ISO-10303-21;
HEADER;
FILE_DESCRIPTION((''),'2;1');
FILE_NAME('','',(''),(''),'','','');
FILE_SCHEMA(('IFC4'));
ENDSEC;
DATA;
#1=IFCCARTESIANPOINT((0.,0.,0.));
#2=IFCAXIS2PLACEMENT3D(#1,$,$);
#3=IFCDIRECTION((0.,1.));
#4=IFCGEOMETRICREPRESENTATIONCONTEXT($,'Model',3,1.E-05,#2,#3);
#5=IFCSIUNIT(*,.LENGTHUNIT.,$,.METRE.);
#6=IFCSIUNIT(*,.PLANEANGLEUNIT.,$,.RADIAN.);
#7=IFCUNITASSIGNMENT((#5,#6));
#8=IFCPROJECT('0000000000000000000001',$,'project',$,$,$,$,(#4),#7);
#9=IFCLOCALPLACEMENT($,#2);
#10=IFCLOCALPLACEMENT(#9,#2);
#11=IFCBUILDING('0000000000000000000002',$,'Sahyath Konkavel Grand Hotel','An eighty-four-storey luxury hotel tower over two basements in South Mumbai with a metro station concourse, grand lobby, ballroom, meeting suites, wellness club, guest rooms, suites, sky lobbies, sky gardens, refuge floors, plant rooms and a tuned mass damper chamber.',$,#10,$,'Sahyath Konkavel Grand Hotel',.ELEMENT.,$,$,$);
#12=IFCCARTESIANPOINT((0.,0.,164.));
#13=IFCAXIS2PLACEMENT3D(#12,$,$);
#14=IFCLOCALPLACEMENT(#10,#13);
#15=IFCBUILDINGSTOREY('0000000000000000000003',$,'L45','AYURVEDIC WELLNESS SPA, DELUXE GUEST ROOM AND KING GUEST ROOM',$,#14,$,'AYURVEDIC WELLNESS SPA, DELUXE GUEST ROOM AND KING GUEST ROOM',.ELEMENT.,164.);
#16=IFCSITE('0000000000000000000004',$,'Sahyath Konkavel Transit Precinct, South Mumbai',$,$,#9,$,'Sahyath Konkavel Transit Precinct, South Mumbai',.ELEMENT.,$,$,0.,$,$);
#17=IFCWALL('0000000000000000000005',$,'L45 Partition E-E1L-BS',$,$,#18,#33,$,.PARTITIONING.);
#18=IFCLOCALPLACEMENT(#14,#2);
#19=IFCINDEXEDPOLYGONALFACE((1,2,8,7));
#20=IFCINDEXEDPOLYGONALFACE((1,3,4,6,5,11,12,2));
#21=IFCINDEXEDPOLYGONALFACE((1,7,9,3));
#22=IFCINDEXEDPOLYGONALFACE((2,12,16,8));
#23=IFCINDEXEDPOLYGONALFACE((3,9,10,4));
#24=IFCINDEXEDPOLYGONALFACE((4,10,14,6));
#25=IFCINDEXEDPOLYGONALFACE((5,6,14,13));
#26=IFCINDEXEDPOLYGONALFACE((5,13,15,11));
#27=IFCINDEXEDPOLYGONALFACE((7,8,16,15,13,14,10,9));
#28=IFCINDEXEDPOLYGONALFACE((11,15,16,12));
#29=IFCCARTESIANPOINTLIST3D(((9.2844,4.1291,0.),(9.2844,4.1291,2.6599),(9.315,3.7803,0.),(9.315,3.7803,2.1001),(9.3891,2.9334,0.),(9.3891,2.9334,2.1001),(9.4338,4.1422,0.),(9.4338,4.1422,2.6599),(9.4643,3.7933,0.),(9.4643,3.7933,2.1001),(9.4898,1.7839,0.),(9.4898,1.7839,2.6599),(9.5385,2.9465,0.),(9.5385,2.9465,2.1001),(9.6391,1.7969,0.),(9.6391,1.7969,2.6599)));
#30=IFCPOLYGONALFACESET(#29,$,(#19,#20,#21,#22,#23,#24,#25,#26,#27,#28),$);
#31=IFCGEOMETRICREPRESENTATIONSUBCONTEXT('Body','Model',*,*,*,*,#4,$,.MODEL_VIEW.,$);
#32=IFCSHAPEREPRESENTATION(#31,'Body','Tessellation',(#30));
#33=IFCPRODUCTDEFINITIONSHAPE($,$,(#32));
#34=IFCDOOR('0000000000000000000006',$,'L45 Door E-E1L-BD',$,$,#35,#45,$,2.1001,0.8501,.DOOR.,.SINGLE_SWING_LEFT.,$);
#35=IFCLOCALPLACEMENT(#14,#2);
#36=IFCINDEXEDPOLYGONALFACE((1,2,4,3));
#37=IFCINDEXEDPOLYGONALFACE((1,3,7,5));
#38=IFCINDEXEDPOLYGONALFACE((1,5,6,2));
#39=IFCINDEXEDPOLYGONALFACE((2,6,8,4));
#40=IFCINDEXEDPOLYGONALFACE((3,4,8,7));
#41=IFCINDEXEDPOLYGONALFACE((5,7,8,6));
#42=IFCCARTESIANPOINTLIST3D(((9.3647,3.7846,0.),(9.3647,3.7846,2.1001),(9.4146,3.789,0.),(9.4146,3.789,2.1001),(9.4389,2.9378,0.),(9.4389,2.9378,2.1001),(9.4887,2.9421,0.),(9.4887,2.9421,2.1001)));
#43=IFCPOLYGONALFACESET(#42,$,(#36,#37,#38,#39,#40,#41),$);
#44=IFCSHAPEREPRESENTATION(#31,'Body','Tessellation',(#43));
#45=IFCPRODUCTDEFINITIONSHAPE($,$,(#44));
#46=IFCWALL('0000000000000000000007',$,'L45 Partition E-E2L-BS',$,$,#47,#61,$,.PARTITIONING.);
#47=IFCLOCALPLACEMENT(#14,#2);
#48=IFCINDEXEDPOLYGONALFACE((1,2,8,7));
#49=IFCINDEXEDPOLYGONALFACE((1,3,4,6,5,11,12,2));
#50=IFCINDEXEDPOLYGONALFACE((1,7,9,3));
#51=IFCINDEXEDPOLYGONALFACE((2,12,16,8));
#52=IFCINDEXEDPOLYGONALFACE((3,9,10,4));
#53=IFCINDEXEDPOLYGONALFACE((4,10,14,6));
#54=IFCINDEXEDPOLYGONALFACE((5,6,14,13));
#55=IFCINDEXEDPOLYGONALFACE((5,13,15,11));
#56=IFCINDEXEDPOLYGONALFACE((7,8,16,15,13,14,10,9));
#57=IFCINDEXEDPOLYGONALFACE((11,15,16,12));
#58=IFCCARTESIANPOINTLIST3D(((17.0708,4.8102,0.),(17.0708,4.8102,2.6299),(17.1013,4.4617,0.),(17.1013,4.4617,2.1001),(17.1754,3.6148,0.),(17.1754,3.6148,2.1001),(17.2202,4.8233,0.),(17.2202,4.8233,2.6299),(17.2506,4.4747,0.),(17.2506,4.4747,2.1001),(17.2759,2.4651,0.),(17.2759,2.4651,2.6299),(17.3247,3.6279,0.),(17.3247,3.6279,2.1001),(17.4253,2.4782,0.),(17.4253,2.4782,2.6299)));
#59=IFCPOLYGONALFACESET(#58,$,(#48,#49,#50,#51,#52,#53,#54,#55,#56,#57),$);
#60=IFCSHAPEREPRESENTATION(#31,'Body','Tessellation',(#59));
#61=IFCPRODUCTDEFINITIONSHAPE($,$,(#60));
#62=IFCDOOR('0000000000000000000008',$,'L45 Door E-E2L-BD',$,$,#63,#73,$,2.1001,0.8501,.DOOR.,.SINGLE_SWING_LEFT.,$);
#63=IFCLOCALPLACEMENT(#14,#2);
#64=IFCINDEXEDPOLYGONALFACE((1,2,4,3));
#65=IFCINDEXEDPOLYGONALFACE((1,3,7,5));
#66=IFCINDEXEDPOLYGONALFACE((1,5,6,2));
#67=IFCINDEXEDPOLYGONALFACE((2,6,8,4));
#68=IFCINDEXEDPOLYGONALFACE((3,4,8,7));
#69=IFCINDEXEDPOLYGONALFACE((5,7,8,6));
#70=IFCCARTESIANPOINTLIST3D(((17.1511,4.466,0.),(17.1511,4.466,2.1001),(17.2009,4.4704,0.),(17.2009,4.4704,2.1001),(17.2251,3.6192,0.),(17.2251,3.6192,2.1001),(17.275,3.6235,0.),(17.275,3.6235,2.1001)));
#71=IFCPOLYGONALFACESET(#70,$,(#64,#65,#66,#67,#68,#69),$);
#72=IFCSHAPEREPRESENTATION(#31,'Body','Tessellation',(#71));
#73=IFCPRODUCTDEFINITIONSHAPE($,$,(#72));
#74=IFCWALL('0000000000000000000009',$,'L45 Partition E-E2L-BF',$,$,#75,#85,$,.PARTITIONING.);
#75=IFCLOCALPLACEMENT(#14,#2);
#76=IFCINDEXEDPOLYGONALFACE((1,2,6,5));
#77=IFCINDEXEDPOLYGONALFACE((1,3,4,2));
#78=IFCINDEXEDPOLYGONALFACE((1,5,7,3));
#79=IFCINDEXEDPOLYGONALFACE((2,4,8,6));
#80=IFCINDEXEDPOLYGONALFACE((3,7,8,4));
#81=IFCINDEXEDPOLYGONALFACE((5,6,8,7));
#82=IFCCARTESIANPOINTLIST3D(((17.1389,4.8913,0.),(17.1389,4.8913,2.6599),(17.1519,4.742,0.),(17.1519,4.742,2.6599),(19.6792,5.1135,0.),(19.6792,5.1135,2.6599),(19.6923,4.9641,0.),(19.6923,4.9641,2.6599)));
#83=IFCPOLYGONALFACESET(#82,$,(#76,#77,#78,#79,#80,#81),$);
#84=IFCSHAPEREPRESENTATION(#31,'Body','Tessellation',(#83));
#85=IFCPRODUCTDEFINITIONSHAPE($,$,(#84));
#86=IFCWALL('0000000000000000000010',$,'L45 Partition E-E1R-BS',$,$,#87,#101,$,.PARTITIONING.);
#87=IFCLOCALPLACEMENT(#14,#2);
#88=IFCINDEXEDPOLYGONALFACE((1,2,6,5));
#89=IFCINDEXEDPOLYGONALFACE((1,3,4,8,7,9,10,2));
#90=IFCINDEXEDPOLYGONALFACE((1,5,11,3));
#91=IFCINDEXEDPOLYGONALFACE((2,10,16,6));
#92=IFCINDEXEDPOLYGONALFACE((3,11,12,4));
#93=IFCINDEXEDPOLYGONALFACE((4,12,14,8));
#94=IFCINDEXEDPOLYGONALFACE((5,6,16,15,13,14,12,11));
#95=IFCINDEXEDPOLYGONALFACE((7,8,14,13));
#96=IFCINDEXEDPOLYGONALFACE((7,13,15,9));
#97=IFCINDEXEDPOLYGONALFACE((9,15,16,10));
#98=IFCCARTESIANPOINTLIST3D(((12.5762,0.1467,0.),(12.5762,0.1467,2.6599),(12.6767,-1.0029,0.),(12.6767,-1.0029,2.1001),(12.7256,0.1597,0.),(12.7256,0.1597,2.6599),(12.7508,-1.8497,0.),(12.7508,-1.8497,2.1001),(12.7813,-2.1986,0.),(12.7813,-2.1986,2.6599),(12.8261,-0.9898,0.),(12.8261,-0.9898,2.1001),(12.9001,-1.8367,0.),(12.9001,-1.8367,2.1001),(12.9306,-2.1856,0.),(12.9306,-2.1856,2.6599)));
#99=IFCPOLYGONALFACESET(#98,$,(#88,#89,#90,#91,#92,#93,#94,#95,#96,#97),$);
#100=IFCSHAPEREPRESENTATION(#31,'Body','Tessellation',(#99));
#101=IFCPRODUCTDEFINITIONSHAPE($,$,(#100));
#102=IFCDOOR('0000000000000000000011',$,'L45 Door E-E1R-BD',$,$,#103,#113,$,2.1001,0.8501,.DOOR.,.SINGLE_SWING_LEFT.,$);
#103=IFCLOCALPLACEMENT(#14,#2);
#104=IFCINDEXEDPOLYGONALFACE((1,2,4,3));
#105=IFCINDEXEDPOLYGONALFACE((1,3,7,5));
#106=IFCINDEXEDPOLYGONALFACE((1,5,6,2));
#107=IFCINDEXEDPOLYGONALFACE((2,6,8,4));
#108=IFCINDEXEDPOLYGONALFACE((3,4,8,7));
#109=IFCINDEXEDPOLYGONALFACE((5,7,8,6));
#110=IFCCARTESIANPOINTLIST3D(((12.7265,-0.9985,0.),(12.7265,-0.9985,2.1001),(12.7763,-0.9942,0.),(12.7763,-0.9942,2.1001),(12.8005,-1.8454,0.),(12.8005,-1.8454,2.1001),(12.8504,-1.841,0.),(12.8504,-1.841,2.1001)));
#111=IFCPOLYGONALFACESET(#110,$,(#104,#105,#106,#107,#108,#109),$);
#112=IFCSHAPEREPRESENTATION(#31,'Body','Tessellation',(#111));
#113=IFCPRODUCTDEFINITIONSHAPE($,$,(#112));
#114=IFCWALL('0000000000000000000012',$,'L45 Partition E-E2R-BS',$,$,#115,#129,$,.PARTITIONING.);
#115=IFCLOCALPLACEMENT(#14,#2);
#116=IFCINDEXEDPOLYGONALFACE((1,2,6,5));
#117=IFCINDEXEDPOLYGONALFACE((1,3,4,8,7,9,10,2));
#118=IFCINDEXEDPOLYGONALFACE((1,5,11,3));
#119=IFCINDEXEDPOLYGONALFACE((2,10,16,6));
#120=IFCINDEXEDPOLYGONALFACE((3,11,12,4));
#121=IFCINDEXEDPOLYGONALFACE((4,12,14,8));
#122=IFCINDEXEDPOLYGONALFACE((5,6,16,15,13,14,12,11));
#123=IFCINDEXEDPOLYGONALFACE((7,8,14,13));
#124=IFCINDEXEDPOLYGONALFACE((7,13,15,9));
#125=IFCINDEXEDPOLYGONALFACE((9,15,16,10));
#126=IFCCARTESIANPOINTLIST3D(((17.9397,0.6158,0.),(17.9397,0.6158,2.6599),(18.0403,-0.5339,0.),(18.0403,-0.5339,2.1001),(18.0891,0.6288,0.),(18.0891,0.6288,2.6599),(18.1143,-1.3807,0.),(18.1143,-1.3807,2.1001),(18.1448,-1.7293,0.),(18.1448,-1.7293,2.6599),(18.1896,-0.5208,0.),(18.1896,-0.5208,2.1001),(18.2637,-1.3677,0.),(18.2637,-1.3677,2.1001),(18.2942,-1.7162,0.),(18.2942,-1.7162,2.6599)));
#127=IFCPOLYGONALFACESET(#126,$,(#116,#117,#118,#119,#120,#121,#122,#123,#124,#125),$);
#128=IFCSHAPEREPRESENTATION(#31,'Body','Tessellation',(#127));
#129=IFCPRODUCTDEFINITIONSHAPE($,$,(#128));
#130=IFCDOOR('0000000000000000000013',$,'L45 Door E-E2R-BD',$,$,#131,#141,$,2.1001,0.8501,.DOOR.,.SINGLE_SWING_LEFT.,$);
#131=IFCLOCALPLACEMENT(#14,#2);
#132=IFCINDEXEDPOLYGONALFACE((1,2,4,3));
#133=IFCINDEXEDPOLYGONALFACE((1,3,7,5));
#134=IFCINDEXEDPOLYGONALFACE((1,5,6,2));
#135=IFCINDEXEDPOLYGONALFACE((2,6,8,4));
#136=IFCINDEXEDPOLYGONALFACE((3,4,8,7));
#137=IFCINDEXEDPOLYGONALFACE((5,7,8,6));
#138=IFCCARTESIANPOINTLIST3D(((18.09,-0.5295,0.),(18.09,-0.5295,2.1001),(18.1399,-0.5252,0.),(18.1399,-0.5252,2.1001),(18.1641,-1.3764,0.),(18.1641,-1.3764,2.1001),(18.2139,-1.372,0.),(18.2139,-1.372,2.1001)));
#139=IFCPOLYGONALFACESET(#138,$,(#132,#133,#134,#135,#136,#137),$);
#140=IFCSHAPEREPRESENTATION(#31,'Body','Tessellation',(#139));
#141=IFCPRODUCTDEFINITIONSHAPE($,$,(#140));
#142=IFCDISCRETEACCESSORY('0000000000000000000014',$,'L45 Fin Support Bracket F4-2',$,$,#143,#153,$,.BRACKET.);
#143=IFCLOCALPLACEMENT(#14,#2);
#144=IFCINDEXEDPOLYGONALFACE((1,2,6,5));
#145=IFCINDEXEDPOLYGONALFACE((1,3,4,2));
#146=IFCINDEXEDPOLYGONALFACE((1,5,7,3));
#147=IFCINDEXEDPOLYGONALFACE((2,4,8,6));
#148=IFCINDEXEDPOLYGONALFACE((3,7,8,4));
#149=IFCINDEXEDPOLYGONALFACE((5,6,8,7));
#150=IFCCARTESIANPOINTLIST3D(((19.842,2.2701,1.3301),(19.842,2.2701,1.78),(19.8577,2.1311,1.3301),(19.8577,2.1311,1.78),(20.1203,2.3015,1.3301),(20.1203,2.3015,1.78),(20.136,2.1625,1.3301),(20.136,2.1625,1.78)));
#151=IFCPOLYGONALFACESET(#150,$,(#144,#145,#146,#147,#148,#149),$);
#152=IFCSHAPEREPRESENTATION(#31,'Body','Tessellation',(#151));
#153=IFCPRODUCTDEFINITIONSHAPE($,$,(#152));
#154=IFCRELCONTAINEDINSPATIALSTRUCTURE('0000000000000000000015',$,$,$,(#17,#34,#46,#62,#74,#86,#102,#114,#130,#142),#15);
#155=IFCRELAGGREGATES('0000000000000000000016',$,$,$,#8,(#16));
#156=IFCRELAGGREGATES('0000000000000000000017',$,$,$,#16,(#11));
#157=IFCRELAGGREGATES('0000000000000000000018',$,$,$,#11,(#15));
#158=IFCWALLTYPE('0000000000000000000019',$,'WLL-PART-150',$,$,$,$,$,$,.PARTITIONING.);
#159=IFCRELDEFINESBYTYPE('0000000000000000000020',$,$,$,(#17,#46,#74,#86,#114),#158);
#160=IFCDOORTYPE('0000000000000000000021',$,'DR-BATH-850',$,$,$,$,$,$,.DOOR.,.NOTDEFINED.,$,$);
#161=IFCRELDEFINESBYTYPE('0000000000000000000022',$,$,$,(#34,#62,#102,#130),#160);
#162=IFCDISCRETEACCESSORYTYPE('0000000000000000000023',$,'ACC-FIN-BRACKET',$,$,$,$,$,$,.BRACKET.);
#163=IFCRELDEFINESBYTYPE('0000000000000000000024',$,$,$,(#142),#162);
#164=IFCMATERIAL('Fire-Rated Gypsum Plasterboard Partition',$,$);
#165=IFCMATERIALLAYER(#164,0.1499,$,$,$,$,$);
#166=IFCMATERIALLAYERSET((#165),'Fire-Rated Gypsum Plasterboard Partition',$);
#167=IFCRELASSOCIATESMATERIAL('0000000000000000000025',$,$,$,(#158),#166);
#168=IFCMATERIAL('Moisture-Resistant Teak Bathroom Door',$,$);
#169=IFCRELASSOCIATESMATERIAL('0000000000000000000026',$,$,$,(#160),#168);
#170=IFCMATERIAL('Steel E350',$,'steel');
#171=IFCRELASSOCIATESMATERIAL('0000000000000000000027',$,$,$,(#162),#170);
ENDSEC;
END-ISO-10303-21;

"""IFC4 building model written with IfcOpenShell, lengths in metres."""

from ifc_helpers import new_model, si_unit, direction, frame, frame_2d, origin, origin_2d, place, context, subcontext, project, spatial, rectangle, extrude, source, transform, mapped, material, layer, layer_set, type_object, element, fill, save


model = new_model("IFC4")

# Units and contexts
model_context = context("Model", 3, precision=1e-05, world=origin(), true_north=direction((0.0, 1.0)))
body_context = subcontext(model_context, "Body", "Model", "MODEL_VIEW")
ifc_project = project(units=[si_unit("LENGTHUNIT", "METRE"), si_unit("PLANEANGLEUNIT", "RADIAN")], contexts=[model_context])

# Site, building, storey
site_placement = place(None, origin())
site = spatial("IfcSite", under=ifc_project, at=site_placement, Name="Sahyath Konkavel Transit Precinct, South Mumbai", LongName="Sahyath Konkavel Transit Precinct, South Mumbai", CompositionType="ELEMENT", RefElevation=0.0)
building_placement = place(site_placement, origin())
building = spatial("IfcBuilding", under=site, at=building_placement, Name="Sahyath Konkavel Grand Hotel", Description="An eighty-four-storey luxury hotel tower over two basements in South Mumbai with a metro station concourse, grand lobby, ballroom, meeting suites, wellness club, guest rooms, suites, sky lobbies, sky gardens, refuge floors, plant rooms and a tuned mass damper chamber.", LongName="Sahyath Konkavel Grand Hotel", CompositionType="ELEMENT")
storey_placement = place(building_placement, frame((0.0, 0.0, 164.0)))
storey = spatial("IfcBuildingStorey", under=building, at=storey_placement, Name="L45", Description="AYURVEDIC WELLNESS SPA, DELUXE GUEST ROOM AND KING GUEST ROOM", LongName="AYURVEDIC WELLNESS SPA, DELUXE GUEST ROOM AND KING GUEST ROOM", CompositionType="ELEMENT", Elevation=164.0)

# Shared definitions
ifc_material_1 = material(Name="Steel E350", Category="steel")

# Walls, openings, doors
ifc_material_2 = material(Name="Fire-Rated Gypsum Plasterboard Partition")
ifc_layer_1 = layer(ifc_material_2, 0.1499)
ifc_layer_set_1 = layer_set([ifc_layer_1], Name="Fire-Rated Gypsum Plasterboard Partition")
wall_type_1 = type_object("IfcWallType", Name="WLL-PART-150", PredefinedType="PARTITIONING", material=ifc_layer_set_1)
wall_1_placement = place(storey_placement, frame((9.5645, 1.7903, 0.0), z_axis=(0.0, 0.0, 1.0), x_axis=(-0.087216, 0.996189, 0.0)))
wall_1 = element("IfcWall", 1, at=wall_1_placement, inside=storey, type_object=wall_type_1, Name="L45 Partition E-E1L-BS", PredefinedType="PARTITIONING", context=body_context, shape_type="SweptSolid", body=[
    extrude(rectangle(XDim=2.3542, YDim=0.1499, at=frame_2d((1.1772, 0.0))), origin(), (0.0, 0.0, 1.0), 2.6599),
])
opening_1_placement = place(wall_1_placement, frame((1.1541, 0.0, 0.0)))
opening_1 = element("IfcOpeningElement", 2, at=opening_1_placement, cuts=wall_1, PredefinedType="OPENING", context=body_context, shape_type="SweptSolid", body=[
    extrude(rectangle(XDim=0.8501, YDim=2.1001, at=frame_2d((0.425, 1.05))), frame((0.0, 0.085, 0.0), z_axis=(0.0, -1.0, 0.0), x_axis=(1.0, 0.0, 0.0)), (0.0, 0.0, 1.0), 0.1699),
])
ifc_material_3 = material(Name="Moisture-Resistant Teak Bathroom Door")
door_type = type_object("IfcDoorType", Name="DR-BATH-850", OperationType="NOTDEFINED", PredefinedType="DOOR", material=ifc_material_3)
shared_shape_1 = source(origin(), body_context, "Body", "SweptSolid", [
    extrude(rectangle(XDim=0.8501, YDim=0.05, at=origin_2d()), origin(), (0.0, 0.0, 1.0), 2.1001),
])
door_1_placement = place(opening_1_placement, frame((0.425, 0.0, 0.0)))
door_1 = element("IfcDoor", 3, at=door_1_placement, inside=storey, type_object=door_type, Name="L45 Door E-E1L-BD", OperationType="SINGLE_SWING_LEFT", OverallHeight=2.1001, OverallWidth=0.8501, PredefinedType="DOOR", context=body_context, shape_type="MappedRepresentation", body=[
    mapped(shared_shape_1, transform((0.0, 0.0, 0.0), scale=1.0)),
])
fill(opening_1, door_1)
wall_2_placement = place(storey_placement, frame((17.3506, 2.4717, 0.0), z_axis=(0.0, 0.0, 1.0), x_axis=(-0.087122, 0.996198, 0.0)))
wall_2 = element("IfcWall", 4, at=wall_2_placement, inside=storey, type_object=wall_type_1, Name="L45 Partition E-E2L-BS", PredefinedType="PARTITIONING", context=body_context, shape_type="SweptSolid", body=[
    extrude(rectangle(XDim=2.354, YDim=0.1499, at=frame_2d((1.177, 0.0))), origin(), (0.0, 0.0, 1.0), 2.6299),
])
opening_2_placement = place(wall_2_placement, frame((1.1541, 0.0, 0.0)))
opening_2 = element("IfcOpeningElement", 5, at=opening_2_placement, cuts=wall_2, PredefinedType="OPENING", context=body_context, shape_type="SweptSolid", body=[
    extrude(rectangle(XDim=0.8501, YDim=2.1001, at=frame_2d((0.425, 1.05))), frame((0.0, 0.085, 0.0), z_axis=(0.0, -1.0, 0.0), x_axis=(1.0, 0.0, 0.0)), (0.0, 0.0, 1.0), 0.1699),
])
door_2_placement = place(opening_2_placement, frame((0.425, 0.0, 0.0)))
door_2 = element("IfcDoor", 6, at=door_2_placement, inside=storey, type_object=door_type, Name="L45 Door E-E2L-BD", OperationType="SINGLE_SWING_LEFT", OverallHeight=2.1001, OverallWidth=0.8501, PredefinedType="DOOR", context=body_context, shape_type="MappedRepresentation", body=[
    mapped(shared_shape_1, transform((0.0, 0.0, 0.0), scale=1.0)),
])
fill(opening_2, door_2)

# Wall
wall_3_placement = place(storey_placement, frame((17.1455, 4.8167, 0.0), z_axis=(0.0, 0.0, 1.0), x_axis=(0.996197, 0.087125, 0.0)))
element("IfcWall", 7, at=wall_3_placement, inside=storey, type_object=wall_type_1, Name="L45 Partition E-E2L-BF", PredefinedType="PARTITIONING", context=body_context, shape_type="SweptSolid", body=[
    extrude(rectangle(XDim=2.55, YDim=0.1499, at=frame_2d((1.2749, 0.0))), origin(), (0.0, 0.0, 1.0), 2.6599),
])

# Walls, openings, doors
wall_4_placement = place(storey_placement, frame((12.6509, 0.1533, 0.0), z_axis=(0.0, 0.0, 1.0), x_axis=(0.087113, -0.996198, 0.0)))
wall_4 = element("IfcWall", 8, at=wall_4_placement, inside=storey, type_object=wall_type_1, Name="L45 Partition E-E1R-BS", PredefinedType="PARTITIONING", context=body_context, shape_type="SweptSolid", body=[
    extrude(rectangle(XDim=2.3542, YDim=0.1499, at=frame_2d((1.1772, 0.0))), origin(), (0.0, 0.0, 1.0), 2.6599),
])
opening_3_placement = place(wall_4_placement, frame((1.1541, 0.0, 0.0)))
opening_3 = element("IfcOpeningElement", 9, at=opening_3_placement, cuts=wall_4, PredefinedType="OPENING", context=body_context, shape_type="SweptSolid", body=[
    extrude(rectangle(XDim=0.8501, YDim=2.1001, at=frame_2d((0.425, 1.05))), frame((0.0, 0.085, 0.0), z_axis=(0.0, -1.0, 0.0), x_axis=(1.0, 0.0, 0.0)), (0.0, 0.0, 1.0), 0.1699),
])
door_3_placement = place(opening_3_placement, frame((0.425, 0.0, 0.0)))
door_3 = element("IfcDoor", 10, at=door_3_placement, inside=storey, type_object=door_type, Name="L45 Door E-E1R-BD", OperationType="SINGLE_SWING_LEFT", OverallHeight=2.1001, OverallWidth=0.8501, PredefinedType="DOOR", context=body_context, shape_type="MappedRepresentation", body=[
    mapped(shared_shape_1, transform((0.0, 0.0, 0.0), scale=1.0)),
])
fill(opening_3, door_3)
wall_5_placement = place(storey_placement, frame((18.0144, 0.6223, 0.0), z_axis=(0.0, 0.0, 1.0), x_axis=(0.087122, -0.996198, 0.0)))
wall_5 = element("IfcWall", 11, at=wall_5_placement, inside=storey, type_object=wall_type_1, Name="L45 Partition E-E2R-BS", PredefinedType="PARTITIONING", context=body_context, shape_type="SweptSolid", body=[
    extrude(rectangle(XDim=2.354, YDim=0.1499, at=frame_2d((1.177, 0.0))), origin(), (0.0, 0.0, 1.0), 2.6599),
])
opening_4_placement = place(wall_5_placement, frame((1.1541, 0.0, 0.0)))
opening_4 = element("IfcOpeningElement", 12, at=opening_4_placement, cuts=wall_5, PredefinedType="OPENING", context=body_context, shape_type="SweptSolid", body=[
    extrude(rectangle(XDim=0.8501, YDim=2.1001, at=frame_2d((0.425, 1.05))), frame((0.0, 0.085, 0.0), z_axis=(0.0, -1.0, 0.0), x_axis=(1.0, 0.0, 0.0)), (0.0, 0.0, 1.0), 0.1699),
])
door_4_placement = place(opening_4_placement, frame((0.425, 0.0, 0.0)))
door_4 = element("IfcDoor", 13, at=door_4_placement, inside=storey, type_object=door_type, Name="L45 Door E-E2R-BD", OperationType="SINGLE_SWING_LEFT", OverallHeight=2.1001, OverallWidth=0.8501, PredefinedType="DOOR", context=body_context, shape_type="MappedRepresentation", body=[
    mapped(shared_shape_1, transform((0.0, 0.0, 0.0), scale=1.0)),
])
fill(opening_4, door_4)

# Discrete accessory
discrete_accessory_type = type_object("IfcDiscreteAccessoryType", Name="ACC-FIN-BRACKET", PredefinedType="BRACKET", material=ifc_material_1)
shared_shape_2 = source(origin(), body_context, "Body", "SweptSolid", [
    extrude(rectangle(XDim=0.28, YDim=0.1399, at=origin_2d()), origin(), (0.0, 0.0, 1.0), 0.45),
])
discrete_accessory_placement = place(storey_placement, frame((19.989, 2.2163, 1.3301), z_axis=(0.0, 0.0, 1.0), x_axis=(0.993709, 0.111989, 0.0)))
element("IfcDiscreteAccessory", 14, at=discrete_accessory_placement, inside=storey, type_object=discrete_accessory_type, Name="L45 Fin Support Bracket F4-2", PredefinedType="BRACKET", context=body_context, shape_type="MappedRepresentation", body=[
    mapped(shared_shape_2, transform((0.0, 0.0, 0.0), scale=1.0)),
])

save(model, "model.ifc")
